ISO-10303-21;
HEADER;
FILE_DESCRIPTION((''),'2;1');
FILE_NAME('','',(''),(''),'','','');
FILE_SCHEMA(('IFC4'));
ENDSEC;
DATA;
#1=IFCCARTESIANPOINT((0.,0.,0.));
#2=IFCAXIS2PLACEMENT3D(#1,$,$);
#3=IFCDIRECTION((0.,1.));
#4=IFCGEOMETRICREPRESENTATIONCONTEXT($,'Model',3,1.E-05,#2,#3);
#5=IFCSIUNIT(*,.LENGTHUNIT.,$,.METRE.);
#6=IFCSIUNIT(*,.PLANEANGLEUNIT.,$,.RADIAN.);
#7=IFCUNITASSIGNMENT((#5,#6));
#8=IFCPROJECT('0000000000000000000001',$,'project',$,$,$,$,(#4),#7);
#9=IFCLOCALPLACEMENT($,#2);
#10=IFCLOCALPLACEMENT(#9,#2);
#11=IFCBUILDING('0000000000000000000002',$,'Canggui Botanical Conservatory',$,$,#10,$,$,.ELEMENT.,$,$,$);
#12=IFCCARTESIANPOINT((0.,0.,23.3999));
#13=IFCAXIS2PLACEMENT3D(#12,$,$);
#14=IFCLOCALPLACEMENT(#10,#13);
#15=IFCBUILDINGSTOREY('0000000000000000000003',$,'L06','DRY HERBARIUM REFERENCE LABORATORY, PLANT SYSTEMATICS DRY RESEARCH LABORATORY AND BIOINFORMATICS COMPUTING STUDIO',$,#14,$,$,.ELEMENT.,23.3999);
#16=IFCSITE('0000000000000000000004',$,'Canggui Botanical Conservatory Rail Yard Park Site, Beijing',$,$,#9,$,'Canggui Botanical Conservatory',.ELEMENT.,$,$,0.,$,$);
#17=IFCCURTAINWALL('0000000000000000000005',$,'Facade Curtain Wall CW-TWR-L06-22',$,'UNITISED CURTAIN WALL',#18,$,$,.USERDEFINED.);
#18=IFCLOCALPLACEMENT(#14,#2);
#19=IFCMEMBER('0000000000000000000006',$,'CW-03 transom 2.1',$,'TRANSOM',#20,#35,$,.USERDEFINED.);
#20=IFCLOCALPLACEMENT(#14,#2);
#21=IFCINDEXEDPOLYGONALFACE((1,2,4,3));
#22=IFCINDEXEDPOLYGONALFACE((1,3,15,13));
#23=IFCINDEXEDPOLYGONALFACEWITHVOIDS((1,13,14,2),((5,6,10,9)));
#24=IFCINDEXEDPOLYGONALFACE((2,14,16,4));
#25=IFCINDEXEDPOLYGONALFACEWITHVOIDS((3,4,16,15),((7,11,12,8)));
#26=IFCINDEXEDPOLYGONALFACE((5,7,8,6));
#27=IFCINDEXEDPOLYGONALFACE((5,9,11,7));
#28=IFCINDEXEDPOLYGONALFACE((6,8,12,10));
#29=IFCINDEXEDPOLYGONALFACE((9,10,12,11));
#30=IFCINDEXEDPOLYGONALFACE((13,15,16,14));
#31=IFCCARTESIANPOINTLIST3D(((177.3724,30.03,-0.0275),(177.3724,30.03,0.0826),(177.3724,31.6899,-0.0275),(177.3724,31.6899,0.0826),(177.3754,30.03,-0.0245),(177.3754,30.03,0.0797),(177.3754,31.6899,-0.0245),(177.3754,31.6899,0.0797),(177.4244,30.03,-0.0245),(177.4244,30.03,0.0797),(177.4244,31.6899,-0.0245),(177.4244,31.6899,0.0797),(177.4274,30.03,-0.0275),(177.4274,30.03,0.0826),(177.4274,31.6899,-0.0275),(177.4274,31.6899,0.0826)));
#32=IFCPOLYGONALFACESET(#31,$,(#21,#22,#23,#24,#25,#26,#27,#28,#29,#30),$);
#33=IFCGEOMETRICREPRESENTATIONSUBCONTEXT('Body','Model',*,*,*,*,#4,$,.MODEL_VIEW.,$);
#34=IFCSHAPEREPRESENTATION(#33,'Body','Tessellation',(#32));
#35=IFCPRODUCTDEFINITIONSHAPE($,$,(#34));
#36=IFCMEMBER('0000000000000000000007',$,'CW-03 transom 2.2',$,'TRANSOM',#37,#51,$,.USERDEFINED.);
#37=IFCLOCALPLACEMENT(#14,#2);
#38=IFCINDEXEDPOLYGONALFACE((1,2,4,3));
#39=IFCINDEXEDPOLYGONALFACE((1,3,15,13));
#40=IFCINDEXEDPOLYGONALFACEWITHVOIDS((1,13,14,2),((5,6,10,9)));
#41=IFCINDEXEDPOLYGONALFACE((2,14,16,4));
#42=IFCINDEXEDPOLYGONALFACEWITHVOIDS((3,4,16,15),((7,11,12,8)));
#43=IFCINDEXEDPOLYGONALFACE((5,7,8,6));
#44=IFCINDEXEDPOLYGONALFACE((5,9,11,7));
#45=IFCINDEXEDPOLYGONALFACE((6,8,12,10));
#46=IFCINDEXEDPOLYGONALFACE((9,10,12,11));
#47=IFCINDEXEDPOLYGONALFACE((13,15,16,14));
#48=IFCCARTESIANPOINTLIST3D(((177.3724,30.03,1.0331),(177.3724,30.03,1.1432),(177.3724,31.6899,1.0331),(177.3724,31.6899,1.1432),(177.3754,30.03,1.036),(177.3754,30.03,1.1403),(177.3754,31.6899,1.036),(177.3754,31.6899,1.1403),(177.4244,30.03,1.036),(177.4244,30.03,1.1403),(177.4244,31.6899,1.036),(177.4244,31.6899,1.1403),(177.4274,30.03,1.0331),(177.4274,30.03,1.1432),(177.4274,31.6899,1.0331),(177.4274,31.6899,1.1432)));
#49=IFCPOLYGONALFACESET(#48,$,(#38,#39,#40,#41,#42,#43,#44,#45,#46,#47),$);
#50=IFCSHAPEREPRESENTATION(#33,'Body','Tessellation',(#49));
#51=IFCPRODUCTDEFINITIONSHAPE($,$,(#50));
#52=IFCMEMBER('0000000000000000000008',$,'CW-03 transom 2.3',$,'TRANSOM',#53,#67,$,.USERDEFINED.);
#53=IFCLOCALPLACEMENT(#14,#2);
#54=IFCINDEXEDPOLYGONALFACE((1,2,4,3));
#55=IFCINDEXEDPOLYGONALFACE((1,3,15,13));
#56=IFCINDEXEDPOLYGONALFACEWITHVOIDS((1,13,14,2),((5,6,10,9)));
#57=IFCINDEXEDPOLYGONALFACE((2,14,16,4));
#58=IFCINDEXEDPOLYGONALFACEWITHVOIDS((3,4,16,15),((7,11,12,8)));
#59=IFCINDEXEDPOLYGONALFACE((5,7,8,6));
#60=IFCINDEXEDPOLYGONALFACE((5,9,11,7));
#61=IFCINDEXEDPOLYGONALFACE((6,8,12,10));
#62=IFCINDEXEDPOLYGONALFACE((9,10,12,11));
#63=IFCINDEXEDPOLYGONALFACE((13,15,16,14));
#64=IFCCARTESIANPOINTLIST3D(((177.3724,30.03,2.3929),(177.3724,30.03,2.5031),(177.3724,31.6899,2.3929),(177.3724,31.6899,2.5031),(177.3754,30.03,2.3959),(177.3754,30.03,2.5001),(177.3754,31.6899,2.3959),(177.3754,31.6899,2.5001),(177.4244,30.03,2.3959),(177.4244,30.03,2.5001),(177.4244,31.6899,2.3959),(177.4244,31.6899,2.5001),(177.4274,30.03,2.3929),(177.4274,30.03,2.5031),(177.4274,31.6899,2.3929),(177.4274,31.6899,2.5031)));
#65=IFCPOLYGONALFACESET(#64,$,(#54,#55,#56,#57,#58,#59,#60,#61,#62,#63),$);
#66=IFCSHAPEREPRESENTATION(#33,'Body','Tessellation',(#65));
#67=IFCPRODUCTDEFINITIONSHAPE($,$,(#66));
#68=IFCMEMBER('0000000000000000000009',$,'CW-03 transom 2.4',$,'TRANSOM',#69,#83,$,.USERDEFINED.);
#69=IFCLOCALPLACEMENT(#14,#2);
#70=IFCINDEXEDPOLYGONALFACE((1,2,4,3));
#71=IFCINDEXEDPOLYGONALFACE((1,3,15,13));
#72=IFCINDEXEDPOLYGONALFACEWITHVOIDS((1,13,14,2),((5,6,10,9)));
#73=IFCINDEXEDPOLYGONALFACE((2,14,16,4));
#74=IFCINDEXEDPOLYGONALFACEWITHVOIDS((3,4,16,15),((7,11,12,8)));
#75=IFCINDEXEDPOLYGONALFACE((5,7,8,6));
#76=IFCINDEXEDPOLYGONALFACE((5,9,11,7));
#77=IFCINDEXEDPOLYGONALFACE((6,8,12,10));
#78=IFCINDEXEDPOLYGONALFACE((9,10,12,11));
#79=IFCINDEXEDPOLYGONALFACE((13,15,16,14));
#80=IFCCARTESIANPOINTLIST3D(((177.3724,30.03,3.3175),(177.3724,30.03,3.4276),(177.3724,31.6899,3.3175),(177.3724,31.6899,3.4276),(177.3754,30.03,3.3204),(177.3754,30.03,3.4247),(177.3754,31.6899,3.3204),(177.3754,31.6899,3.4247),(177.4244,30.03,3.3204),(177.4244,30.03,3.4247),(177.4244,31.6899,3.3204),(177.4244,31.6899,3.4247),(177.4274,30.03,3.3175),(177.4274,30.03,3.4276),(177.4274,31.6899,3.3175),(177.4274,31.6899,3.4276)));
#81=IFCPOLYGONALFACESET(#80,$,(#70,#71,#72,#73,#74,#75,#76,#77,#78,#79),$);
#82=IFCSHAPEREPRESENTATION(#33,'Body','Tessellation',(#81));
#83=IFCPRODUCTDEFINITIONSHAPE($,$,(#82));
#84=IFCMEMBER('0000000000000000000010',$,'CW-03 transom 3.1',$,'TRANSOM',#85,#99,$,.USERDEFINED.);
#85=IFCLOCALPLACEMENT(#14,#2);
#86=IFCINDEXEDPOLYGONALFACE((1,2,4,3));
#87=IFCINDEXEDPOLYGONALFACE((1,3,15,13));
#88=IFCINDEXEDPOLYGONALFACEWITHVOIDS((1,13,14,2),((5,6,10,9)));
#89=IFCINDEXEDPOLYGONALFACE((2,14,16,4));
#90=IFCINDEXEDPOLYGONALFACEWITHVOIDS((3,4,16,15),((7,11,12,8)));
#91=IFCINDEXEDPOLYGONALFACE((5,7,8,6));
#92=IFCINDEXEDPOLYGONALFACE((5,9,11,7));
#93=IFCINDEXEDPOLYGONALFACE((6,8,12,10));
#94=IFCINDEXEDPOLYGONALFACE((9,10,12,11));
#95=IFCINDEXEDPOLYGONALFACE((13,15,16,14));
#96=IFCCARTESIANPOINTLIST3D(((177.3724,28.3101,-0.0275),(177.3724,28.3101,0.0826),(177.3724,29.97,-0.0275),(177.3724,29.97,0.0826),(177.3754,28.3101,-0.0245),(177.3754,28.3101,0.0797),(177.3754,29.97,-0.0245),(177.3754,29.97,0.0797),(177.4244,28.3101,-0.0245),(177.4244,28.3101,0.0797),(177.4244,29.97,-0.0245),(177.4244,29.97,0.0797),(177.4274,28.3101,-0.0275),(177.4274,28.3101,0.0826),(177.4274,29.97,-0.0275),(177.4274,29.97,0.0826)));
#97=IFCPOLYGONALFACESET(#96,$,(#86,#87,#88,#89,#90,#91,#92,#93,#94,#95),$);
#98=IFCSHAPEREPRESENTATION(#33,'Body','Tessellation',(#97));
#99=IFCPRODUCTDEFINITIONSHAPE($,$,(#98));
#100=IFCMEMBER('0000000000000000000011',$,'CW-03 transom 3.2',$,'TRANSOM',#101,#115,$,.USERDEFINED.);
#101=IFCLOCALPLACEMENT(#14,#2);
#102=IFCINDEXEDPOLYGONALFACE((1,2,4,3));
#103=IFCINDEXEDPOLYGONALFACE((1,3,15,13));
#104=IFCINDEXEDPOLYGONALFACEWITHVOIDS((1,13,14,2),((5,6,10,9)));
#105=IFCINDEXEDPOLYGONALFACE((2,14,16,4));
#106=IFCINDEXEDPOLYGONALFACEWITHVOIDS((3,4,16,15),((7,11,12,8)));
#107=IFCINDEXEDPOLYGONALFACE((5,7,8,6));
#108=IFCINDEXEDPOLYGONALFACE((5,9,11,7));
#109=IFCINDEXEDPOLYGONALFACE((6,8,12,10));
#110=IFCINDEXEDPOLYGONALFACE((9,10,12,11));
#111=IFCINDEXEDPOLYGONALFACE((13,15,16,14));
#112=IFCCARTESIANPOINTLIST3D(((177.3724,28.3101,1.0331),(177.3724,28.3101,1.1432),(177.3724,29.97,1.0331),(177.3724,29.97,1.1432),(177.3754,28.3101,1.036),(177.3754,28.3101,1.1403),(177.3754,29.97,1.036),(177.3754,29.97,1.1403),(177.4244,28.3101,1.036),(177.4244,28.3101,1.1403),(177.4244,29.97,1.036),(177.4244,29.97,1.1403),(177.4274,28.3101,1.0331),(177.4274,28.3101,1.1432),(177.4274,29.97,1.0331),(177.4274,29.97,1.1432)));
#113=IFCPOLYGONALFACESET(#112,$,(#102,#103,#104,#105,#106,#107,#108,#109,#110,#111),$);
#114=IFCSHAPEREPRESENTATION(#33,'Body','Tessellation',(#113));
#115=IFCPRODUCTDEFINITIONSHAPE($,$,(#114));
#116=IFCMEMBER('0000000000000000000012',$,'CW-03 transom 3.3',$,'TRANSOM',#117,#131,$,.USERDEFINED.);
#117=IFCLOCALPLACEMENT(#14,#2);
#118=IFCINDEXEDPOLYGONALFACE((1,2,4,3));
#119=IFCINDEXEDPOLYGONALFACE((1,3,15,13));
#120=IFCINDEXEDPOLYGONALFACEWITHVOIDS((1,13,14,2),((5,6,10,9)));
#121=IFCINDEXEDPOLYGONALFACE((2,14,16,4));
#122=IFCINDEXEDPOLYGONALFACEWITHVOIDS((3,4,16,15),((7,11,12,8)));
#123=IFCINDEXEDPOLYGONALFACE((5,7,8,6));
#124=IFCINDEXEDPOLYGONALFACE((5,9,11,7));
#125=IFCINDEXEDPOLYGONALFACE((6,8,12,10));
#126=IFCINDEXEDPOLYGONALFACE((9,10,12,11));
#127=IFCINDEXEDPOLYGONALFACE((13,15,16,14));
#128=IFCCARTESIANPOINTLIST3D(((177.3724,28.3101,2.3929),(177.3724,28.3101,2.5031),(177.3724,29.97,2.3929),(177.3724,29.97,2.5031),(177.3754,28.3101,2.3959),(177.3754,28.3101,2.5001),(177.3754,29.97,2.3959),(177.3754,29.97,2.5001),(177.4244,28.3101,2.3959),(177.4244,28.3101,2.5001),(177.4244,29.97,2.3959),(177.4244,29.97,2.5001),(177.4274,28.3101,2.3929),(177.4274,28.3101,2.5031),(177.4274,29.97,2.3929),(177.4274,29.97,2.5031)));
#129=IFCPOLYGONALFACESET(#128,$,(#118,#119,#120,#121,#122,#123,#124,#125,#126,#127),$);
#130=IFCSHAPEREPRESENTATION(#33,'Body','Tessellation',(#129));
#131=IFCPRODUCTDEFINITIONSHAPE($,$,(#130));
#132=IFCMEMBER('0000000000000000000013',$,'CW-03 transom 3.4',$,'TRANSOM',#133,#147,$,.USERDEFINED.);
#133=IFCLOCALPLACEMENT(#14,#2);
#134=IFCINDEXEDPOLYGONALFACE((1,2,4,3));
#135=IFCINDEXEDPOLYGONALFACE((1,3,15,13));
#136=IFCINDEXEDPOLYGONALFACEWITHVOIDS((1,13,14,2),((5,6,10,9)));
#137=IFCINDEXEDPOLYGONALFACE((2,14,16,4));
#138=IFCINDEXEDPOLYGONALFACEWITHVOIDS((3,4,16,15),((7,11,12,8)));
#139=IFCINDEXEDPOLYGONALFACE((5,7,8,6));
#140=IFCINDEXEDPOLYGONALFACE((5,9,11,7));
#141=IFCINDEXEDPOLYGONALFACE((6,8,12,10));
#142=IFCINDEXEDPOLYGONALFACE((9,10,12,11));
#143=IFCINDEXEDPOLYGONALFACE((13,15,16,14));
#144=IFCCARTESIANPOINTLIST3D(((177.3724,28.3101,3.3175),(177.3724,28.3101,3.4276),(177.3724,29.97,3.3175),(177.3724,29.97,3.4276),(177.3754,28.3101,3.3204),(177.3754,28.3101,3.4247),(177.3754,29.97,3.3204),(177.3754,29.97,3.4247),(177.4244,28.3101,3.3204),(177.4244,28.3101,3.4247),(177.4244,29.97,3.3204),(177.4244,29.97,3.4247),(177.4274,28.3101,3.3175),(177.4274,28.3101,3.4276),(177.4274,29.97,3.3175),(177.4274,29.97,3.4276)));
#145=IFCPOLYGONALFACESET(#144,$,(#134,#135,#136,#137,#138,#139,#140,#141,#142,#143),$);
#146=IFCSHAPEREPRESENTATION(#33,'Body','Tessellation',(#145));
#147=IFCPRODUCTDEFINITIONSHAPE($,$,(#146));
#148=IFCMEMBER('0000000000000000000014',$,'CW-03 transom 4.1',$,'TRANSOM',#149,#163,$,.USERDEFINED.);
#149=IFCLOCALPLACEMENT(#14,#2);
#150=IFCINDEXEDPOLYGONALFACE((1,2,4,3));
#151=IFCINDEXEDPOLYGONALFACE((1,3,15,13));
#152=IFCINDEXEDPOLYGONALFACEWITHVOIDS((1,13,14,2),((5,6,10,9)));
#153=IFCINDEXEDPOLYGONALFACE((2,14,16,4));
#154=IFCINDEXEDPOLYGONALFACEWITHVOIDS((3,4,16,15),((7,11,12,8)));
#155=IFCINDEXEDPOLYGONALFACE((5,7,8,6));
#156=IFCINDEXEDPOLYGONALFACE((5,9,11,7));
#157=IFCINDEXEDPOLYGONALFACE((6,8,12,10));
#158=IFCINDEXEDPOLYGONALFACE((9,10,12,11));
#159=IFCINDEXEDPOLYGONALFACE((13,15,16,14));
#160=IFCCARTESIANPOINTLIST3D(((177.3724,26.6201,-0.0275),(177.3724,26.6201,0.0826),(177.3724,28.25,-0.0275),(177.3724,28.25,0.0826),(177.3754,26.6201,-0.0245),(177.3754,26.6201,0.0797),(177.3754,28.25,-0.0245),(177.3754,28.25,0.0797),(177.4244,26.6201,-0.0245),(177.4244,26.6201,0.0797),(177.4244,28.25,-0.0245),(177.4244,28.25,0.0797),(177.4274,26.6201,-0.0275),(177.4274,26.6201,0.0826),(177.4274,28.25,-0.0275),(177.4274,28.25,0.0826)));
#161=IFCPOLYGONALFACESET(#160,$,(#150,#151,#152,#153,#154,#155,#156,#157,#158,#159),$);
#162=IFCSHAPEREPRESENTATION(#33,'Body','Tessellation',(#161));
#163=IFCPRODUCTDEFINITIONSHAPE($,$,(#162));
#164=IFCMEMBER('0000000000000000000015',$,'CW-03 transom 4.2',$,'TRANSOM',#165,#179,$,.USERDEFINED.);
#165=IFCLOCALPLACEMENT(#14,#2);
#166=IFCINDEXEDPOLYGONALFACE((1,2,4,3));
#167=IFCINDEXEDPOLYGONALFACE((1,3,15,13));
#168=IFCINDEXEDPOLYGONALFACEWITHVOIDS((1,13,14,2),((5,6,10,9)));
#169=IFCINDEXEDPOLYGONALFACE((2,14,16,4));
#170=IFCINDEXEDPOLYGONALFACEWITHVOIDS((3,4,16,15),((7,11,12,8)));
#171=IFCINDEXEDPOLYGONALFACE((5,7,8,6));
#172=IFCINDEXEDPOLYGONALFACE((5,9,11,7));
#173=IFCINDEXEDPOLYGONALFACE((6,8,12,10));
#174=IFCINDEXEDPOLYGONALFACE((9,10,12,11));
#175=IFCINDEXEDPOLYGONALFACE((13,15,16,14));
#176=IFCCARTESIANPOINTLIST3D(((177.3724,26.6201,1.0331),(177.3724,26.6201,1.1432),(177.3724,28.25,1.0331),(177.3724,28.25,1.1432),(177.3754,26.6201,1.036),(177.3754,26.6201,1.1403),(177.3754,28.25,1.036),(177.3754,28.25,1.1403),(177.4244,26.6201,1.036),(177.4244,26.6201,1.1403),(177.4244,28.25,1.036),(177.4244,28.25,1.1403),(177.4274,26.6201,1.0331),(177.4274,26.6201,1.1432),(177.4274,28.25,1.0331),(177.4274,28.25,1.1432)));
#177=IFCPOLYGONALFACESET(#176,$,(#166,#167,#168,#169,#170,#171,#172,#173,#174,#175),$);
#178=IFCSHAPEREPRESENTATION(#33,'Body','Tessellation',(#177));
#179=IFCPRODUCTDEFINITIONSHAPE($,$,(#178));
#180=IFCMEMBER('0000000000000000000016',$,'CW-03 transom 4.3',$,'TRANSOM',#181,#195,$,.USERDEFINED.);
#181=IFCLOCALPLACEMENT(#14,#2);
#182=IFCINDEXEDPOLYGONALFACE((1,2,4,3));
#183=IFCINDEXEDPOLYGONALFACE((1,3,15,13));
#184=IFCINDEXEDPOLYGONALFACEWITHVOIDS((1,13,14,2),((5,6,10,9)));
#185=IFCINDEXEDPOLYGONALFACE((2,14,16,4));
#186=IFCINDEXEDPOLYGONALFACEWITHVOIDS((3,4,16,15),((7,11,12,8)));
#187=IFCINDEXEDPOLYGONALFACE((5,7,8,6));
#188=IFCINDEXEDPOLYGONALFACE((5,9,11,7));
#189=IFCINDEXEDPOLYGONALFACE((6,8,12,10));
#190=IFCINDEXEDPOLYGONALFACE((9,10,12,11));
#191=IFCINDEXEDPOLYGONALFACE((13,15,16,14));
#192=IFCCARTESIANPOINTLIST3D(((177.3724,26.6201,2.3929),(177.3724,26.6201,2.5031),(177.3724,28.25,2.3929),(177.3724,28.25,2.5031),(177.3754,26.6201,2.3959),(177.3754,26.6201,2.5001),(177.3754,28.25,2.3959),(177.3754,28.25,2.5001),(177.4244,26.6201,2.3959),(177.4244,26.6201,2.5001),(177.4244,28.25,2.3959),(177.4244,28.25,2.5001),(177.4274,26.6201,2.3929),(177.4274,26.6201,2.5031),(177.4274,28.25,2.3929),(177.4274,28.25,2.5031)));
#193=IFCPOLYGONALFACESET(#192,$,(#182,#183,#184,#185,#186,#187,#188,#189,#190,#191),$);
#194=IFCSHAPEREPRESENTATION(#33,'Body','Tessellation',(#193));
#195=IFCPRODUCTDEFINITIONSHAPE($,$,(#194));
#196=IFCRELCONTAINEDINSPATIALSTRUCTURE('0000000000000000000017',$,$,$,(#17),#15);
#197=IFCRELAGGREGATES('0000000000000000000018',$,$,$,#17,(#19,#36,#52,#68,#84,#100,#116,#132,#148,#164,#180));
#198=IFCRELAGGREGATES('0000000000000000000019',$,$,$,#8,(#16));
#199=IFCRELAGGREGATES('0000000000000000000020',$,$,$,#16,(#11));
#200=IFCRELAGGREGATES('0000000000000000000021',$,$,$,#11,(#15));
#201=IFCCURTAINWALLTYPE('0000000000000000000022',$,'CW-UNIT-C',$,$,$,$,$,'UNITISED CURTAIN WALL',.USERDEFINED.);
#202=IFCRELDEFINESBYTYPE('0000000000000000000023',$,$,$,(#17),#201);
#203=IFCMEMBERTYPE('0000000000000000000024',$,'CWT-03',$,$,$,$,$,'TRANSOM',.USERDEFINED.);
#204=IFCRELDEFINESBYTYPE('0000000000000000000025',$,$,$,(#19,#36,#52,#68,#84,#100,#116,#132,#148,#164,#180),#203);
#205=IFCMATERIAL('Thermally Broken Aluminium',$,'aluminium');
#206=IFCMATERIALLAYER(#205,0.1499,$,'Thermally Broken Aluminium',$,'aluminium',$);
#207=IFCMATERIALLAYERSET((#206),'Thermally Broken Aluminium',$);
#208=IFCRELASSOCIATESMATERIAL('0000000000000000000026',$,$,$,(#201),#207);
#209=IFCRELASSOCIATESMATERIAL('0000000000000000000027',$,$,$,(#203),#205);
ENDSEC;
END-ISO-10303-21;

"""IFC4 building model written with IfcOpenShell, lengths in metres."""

from ifc_helpers import new_model, si_unit, direction, frame, origin, origin_2d, place, context, subcontext, project, spatial, hollow_rectangle, extrude, material, layer, layer_set, material_profile, profile_set, type_object, element, aggregate, save


model = new_model("IFC4")

# Units and contexts
model_context = context("Model", 3, precision=1e-05, world=origin(), true_north=direction((0.0, 1.0)))
body_context = subcontext(model_context, "Body", "Model", "MODEL_VIEW")
ifc_project = project(units=[si_unit("LENGTHUNIT", "METRE"), si_unit("PLANEANGLEUNIT", "RADIAN")], contexts=[model_context])

# Site, building, storey
site_placement = place(None, origin())
site = spatial("IfcSite", under=ifc_project, at=site_placement, Name="Canggui Botanical Conservatory Rail Yard Park Site, Beijing", LongName="Canggui Botanical Conservatory", CompositionType="ELEMENT", RefElevation=0.0)
building_placement = place(site_placement, origin())
building = spatial("IfcBuilding", under=site, at=building_placement, Name="Canggui Botanical Conservatory", CompositionType="ELEMENT")
storey_placement = place(building_placement, frame((0.0, 0.0, 23.3999)))
storey = spatial("IfcBuildingStorey", under=building, at=storey_placement, Name="L06", Description="DRY HERBARIUM REFERENCE LABORATORY, PLANT SYSTEMATICS DRY RESEARCH LABORATORY AND BIOINFORMATICS COMPUTING STUDIO", CompositionType="ELEMENT", Elevation=23.3999)

# Shared definitions
ifc_material_1 = material(Name="Thermally Broken Aluminium", Category="aluminium")
ifc_layer_1 = layer(ifc_material_1, 0.1499, Name="Thermally Broken Aluminium", Category="aluminium")
ifc_layer_set_1 = layer_set([ifc_layer_1], Name="Thermally Broken Aluminium")
curtain_wall_type = type_object("IfcCurtainWallType", Name="CW-UNIT-C", ElementType="UNITISED CURTAIN WALL", PredefinedType="USERDEFINED", material=ifc_layer_set_1)

# Curtain wall
curtain_wall_1_placement = place(storey_placement, origin())
curtain_wall_1 = element("IfcCurtainWall", 1, at=curtain_wall_1_placement, inside=storey, type_object=curtain_wall_type, Name="Facade Curtain Wall CW-TWR-L06-22", ObjectType="UNITISED CURTAIN WALL", PredefinedType="USERDEFINED")

# Members
ifc_material_profile_1 = material_profile(ifc_material_1, hollow_rectangle(XDim=0.0549, YDim=0.1101, WallThickness=0.0029, at=origin_2d()), Name="CWT 55x110x3")
ifc_profile_set_1 = profile_set([ifc_material_profile_1], Name="Thermally Broken Aluminium")
member_type_1 = type_object("IfcMemberType", Name="CWT-03", ElementType="TRANSOM", PredefinedType="USERDEFINED", material=ifc_profile_set_1)
member_1_placement = place(storey_placement, frame((177.3999, 31.6899, 0.0276), z_axis=(0.0, -1.0, 0.0), x_axis=(1.0, 0.0, 0.0)))
member_1 = element("IfcMember", 2, at=member_1_placement, type_object=member_type_1, Name="CW-03 transom 2.1", ObjectType="TRANSOM", PredefinedType="USERDEFINED", context=body_context, shape_type="SweptSolid", body=[
    extrude(hollow_rectangle(XDim=0.0549, YDim=0.1101, WallThickness=0.0029, at=origin_2d()), origin(), (0.0, 0.0, 1.0), 1.6599),
])
member_2_placement = place(storey_placement, frame((177.3999, 31.6899, 1.0881), z_axis=(0.0, -1.0, 0.0), x_axis=(1.0, 0.0, 0.0)))
member_2 = element("IfcMember", 3, at=member_2_placement, type_object=member_type_1, Name="CW-03 transom 2.2", ObjectType="TRANSOM", PredefinedType="USERDEFINED", context=body_context, shape_type="SweptSolid", body=[
    extrude(hollow_rectangle(XDim=0.0549, YDim=0.1101, WallThickness=0.0029, at=origin_2d()), origin(), (0.0, 0.0, 1.0), 1.6599),
])
member_3_placement = place(storey_placement, frame((177.3999, 31.6899, 2.448), z_axis=(0.0, -1.0, 0.0), x_axis=(1.0, 0.0, 0.0)))
member_3 = element("IfcMember", 4, at=member_3_placement, type_object=member_type_1, Name="CW-03 transom 2.3", ObjectType="TRANSOM", PredefinedType="USERDEFINED", context=body_context, shape_type="SweptSolid", body=[
    extrude(hollow_rectangle(XDim=0.0549, YDim=0.1101, WallThickness=0.0029, at=origin_2d()), origin(), (0.0, 0.0, 1.0), 1.6599),
])
member_4_placement = place(storey_placement, frame((177.3999, 31.6899, 3.3726), z_axis=(0.0, -1.0, 0.0), x_axis=(1.0, 0.0, 0.0)))
member_4 = element("IfcMember", 5, at=member_4_placement, type_object=member_type_1, Name="CW-03 transom 2.4", ObjectType="TRANSOM", PredefinedType="USERDEFINED", context=body_context, shape_type="SweptSolid", body=[
    extrude(hollow_rectangle(XDim=0.0549, YDim=0.1101, WallThickness=0.0029, at=origin_2d()), origin(), (0.0, 0.0, 1.0), 1.6599),
])
member_5_placement = place(storey_placement, frame((177.3999, 29.97, 0.0276), z_axis=(0.0, -1.0, 0.0), x_axis=(1.0, 0.0, 0.0)))
member_5 = element("IfcMember", 6, at=member_5_placement, type_object=member_type_1, Name="CW-03 transom 3.1", ObjectType="TRANSOM", PredefinedType="USERDEFINED", context=body_context, shape_type="SweptSolid", body=[
    extrude(hollow_rectangle(XDim=0.0549, YDim=0.1101, WallThickness=0.0029, at=origin_2d()), origin(), (0.0, 0.0, 1.0), 1.6599),
])
member_6_placement = place(storey_placement, frame((177.3999, 29.97, 1.0881), z_axis=(0.0, -1.0, 0.0), x_axis=(1.0, 0.0, 0.0)))
member_6 = element("IfcMember", 7, at=member_6_placement, type_object=member_type_1, Name="CW-03 transom 3.2", ObjectType="TRANSOM", PredefinedType="USERDEFINED", context=body_context, shape_type="SweptSolid", body=[
    extrude(hollow_rectangle(XDim=0.0549, YDim=0.1101, WallThickness=0.0029, at=origin_2d()), origin(), (0.0, 0.0, 1.0), 1.6599),
])
member_7_placement = place(storey_placement, frame((177.3999, 29.97, 2.448), z_axis=(0.0, -1.0, 0.0), x_axis=(1.0, 0.0, 0.0)))
member_7 = element("IfcMember", 8, at=member_7_placement, type_object=member_type_1, Name="CW-03 transom 3.3", ObjectType="TRANSOM", PredefinedType="USERDEFINED", context=body_context, shape_type="SweptSolid", body=[
    extrude(hollow_rectangle(XDim=0.0549, YDim=0.1101, WallThickness=0.0029, at=origin_2d()), origin(), (0.0, 0.0, 1.0), 1.6599),
])
member_8_placement = place(storey_placement, frame((177.3999, 29.97, 3.3726), z_axis=(0.0, -1.0, 0.0), x_axis=(1.0, 0.0, 0.0)))
member_8 = element("IfcMember", 9, at=member_8_placement, type_object=member_type_1, Name="CW-03 transom 3.4", ObjectType="TRANSOM", PredefinedType="USERDEFINED", context=body_context, shape_type="SweptSolid", body=[
    extrude(hollow_rectangle(XDim=0.0549, YDim=0.1101, WallThickness=0.0029, at=origin_2d()), origin(), (0.0, 0.0, 1.0), 1.6599),
])
member_9_placement = place(storey_placement, frame((177.3999, 28.25, 0.0276), z_axis=(0.0, -1.0, 0.0), x_axis=(1.0, 0.0, 0.0)))
member_9 = element("IfcMember", 10, at=member_9_placement, type_object=member_type_1, Name="CW-03 transom 4.1", ObjectType="TRANSOM", PredefinedType="USERDEFINED", context=body_context, shape_type="SweptSolid", body=[
    extrude(hollow_rectangle(XDim=0.0549, YDim=0.1101, WallThickness=0.0029, at=origin_2d()), origin(), (0.0, 0.0, 1.0), 1.6299),
])
member_10_placement = place(storey_placement, frame((177.3999, 28.25, 1.0881), z_axis=(0.0, -1.0, 0.0), x_axis=(1.0, 0.0, 0.0)))
member_10 = element("IfcMember", 11, at=member_10_placement, type_object=member_type_1, Name="CW-03 transom 4.2", ObjectType="TRANSOM", PredefinedType="USERDEFINED", context=body_context, shape_type="SweptSolid", body=[
    extrude(hollow_rectangle(XDim=0.0549, YDim=0.1101, WallThickness=0.0029, at=origin_2d()), origin(), (0.0, 0.0, 1.0), 1.6299),
])
member_11_placement = place(storey_placement, frame((177.3999, 28.25, 2.448), z_axis=(0.0, -1.0, 0.0), x_axis=(1.0, 0.0, 0.0)))
member_11 = element("IfcMember", 12, at=member_11_placement, type_object=member_type_1, Name="CW-03 transom 4.3", ObjectType="TRANSOM", PredefinedType="USERDEFINED", context=body_context, shape_type="SweptSolid", body=[
    extrude(hollow_rectangle(XDim=0.0549, YDim=0.1101, WallThickness=0.0029, at=origin_2d()), origin(), (0.0, 0.0, 1.0), 1.6299),
])

aggregate(curtain_wall_1, [member_1, member_2, member_3, member_4, member_5, member_6, member_7, member_8, member_9, member_10, member_11])

save(model, "model.ifc")
